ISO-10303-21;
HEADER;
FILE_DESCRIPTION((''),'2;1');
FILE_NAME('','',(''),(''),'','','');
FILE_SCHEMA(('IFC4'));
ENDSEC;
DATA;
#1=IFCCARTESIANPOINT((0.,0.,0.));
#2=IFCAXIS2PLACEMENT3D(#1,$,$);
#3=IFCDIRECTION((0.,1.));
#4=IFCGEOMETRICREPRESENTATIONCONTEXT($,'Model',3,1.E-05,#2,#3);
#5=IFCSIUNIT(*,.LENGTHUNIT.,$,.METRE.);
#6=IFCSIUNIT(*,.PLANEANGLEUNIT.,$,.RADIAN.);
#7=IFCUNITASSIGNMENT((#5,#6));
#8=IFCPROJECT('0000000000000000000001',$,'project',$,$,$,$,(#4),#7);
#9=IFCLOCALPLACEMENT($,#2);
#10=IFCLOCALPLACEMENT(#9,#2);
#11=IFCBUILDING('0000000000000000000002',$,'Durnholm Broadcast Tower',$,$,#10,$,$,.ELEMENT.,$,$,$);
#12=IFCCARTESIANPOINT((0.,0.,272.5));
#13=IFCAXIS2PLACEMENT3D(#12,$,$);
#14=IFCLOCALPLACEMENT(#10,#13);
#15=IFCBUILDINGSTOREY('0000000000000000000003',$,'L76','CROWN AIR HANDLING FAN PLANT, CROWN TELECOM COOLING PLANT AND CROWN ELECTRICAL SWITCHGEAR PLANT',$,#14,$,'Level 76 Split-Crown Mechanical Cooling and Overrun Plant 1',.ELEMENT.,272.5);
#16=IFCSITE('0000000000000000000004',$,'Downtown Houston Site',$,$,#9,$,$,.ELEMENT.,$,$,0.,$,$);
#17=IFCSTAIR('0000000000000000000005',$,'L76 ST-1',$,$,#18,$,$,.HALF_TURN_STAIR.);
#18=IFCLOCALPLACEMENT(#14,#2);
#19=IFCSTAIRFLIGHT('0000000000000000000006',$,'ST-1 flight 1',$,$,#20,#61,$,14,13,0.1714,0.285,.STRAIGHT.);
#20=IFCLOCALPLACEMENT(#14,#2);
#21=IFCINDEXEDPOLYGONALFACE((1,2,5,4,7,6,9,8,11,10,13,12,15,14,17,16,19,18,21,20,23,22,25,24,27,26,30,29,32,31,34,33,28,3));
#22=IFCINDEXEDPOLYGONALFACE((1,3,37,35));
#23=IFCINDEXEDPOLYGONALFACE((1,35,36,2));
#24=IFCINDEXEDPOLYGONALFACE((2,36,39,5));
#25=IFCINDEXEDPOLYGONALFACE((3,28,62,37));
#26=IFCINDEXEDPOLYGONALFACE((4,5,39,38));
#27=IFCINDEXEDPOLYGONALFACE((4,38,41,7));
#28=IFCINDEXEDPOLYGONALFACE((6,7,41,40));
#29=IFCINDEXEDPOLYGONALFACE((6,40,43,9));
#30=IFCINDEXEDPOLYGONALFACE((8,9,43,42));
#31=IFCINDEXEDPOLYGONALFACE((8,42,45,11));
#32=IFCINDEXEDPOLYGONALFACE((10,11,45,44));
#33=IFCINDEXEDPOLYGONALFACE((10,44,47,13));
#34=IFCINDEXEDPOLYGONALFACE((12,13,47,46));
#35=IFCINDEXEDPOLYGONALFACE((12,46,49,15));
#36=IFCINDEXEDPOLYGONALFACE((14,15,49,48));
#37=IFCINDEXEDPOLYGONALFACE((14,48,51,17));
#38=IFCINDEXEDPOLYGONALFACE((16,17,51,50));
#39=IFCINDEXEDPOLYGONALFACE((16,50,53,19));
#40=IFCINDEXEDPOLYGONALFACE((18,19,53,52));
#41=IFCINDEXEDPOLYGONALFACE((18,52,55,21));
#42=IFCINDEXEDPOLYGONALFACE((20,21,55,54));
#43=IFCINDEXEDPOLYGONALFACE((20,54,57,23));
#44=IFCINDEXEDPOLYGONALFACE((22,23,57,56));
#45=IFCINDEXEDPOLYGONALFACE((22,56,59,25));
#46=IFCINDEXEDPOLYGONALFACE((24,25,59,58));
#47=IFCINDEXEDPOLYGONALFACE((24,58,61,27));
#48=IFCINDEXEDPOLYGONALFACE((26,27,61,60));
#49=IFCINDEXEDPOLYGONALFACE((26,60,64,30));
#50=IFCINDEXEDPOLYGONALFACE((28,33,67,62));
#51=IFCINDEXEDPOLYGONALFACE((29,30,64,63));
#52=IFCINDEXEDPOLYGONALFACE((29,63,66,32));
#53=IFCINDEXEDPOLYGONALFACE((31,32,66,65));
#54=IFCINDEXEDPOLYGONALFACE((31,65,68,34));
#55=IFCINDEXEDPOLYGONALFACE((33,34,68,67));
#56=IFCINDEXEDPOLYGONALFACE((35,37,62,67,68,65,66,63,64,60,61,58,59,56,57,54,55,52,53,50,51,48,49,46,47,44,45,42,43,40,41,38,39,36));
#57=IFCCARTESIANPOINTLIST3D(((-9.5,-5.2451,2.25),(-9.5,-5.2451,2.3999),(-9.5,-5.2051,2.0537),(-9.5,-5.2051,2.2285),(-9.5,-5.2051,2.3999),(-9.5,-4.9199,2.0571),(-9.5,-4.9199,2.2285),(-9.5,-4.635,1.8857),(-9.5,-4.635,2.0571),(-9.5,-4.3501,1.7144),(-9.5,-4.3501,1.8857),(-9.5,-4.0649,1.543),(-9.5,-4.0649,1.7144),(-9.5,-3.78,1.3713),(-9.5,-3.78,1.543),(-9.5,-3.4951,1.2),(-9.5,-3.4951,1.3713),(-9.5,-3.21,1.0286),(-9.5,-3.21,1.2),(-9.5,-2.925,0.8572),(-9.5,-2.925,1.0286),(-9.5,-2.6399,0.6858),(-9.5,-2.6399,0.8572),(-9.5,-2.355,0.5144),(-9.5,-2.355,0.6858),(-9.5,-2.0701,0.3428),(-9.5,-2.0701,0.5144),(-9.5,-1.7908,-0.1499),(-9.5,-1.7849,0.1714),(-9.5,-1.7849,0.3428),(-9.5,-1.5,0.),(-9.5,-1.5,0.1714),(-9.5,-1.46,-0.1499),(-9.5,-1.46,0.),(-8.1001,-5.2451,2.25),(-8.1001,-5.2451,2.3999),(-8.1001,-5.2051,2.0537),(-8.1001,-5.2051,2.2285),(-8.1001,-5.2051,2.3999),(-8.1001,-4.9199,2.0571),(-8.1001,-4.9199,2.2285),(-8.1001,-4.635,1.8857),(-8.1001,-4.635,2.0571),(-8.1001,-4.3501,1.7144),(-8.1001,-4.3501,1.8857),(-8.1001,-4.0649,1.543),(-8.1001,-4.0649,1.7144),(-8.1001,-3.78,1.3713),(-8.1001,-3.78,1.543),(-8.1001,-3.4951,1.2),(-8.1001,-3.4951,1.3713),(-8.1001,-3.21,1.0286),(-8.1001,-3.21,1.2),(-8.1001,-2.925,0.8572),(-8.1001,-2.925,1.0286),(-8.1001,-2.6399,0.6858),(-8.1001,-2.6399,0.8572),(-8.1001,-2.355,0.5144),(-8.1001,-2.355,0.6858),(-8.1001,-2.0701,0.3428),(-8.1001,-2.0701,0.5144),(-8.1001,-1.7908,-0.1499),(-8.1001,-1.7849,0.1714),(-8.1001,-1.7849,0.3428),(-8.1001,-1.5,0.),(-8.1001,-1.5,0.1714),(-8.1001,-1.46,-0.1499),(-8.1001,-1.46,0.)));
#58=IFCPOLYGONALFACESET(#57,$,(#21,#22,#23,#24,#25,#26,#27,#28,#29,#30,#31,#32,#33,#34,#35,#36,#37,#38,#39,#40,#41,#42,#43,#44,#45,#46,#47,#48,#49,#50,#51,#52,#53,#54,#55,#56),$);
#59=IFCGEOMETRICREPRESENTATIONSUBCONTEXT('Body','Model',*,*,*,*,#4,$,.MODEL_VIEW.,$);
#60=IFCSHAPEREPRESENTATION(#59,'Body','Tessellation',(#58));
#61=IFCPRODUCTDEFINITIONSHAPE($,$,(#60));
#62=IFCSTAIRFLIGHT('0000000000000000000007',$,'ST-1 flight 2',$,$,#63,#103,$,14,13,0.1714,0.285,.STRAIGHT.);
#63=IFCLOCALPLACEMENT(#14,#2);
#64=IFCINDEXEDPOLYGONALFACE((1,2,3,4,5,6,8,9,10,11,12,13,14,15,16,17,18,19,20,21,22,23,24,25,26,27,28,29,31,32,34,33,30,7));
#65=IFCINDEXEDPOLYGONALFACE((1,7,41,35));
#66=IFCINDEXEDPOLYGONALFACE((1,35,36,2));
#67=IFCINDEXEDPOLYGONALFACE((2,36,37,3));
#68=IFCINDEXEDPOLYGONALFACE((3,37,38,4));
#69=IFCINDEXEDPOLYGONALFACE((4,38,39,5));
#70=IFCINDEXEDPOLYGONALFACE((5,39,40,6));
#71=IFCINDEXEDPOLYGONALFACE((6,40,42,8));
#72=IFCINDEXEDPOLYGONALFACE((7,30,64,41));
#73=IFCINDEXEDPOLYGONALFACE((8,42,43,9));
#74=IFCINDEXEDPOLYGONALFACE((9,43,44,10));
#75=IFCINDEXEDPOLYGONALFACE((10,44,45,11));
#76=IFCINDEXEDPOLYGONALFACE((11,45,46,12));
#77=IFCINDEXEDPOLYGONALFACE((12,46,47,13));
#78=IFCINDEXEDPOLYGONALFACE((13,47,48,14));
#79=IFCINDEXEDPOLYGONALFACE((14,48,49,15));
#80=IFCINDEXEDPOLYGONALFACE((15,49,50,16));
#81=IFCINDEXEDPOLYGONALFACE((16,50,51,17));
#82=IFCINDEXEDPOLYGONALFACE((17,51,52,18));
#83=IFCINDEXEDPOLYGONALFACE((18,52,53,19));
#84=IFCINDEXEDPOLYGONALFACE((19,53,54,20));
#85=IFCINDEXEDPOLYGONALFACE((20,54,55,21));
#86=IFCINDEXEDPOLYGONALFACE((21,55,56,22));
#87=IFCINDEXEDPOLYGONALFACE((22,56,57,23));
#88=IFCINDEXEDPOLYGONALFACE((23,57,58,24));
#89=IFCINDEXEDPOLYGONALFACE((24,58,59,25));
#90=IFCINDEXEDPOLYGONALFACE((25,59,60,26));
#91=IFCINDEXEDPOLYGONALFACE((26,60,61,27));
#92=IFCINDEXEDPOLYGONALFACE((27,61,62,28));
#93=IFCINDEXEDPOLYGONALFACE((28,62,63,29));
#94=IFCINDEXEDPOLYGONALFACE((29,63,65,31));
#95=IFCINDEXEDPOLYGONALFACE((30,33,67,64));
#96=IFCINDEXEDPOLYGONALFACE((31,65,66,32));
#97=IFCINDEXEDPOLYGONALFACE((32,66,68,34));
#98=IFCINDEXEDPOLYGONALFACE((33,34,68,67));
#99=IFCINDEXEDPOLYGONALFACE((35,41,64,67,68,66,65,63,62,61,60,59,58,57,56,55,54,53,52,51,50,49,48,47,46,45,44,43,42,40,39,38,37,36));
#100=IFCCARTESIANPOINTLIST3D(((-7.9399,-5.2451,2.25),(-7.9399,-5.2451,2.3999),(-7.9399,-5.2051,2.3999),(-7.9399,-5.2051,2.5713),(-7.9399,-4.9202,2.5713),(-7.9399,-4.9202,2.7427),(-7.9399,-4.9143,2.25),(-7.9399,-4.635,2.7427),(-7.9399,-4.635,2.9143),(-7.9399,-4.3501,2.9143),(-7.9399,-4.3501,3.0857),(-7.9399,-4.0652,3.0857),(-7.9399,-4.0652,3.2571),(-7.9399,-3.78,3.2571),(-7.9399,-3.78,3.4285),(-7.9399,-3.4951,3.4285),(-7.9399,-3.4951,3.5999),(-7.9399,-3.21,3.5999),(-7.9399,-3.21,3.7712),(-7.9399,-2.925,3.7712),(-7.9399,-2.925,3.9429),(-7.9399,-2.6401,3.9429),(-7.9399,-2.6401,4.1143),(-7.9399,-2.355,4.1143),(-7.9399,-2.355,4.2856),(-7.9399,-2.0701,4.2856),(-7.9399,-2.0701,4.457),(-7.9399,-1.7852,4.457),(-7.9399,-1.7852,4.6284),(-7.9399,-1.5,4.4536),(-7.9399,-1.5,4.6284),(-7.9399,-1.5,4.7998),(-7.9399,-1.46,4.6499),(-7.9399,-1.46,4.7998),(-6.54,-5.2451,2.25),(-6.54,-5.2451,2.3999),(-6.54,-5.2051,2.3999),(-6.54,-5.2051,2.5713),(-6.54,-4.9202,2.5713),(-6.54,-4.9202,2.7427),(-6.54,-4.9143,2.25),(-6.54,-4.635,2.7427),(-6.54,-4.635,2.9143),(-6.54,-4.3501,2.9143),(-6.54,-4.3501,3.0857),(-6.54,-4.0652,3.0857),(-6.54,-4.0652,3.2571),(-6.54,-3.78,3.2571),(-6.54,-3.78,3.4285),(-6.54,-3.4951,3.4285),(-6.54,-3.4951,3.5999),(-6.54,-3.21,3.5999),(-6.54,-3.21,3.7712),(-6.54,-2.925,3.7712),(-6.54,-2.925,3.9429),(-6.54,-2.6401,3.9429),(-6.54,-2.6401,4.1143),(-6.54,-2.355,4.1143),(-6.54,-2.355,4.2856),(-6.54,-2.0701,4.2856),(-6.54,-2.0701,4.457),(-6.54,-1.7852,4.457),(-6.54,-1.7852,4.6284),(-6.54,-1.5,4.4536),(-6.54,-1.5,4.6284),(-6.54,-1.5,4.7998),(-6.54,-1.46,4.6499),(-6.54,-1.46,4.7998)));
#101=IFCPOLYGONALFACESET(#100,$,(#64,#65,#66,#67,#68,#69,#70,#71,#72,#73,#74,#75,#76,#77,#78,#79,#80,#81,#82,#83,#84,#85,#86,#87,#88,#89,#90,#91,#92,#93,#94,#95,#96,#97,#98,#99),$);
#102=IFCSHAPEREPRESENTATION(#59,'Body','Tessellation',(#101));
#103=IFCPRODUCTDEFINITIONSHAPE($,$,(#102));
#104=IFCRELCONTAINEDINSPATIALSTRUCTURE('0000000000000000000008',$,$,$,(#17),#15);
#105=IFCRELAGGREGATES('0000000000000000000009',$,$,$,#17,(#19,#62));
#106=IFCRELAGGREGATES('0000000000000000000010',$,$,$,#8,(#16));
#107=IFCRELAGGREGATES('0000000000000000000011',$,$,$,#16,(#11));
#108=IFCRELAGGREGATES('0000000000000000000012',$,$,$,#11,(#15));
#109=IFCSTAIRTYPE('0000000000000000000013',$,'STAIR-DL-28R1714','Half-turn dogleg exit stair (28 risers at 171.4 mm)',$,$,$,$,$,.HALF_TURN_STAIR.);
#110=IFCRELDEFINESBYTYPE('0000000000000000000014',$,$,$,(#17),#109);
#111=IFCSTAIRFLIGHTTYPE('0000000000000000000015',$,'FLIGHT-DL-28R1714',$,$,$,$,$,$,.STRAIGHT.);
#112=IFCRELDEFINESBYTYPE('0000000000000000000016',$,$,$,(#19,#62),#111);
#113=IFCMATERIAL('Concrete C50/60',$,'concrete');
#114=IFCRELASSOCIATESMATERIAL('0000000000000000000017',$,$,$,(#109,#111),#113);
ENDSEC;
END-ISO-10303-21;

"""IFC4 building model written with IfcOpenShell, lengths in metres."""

from ifc_helpers import new_model, si_unit, direction, frame, origin, place, context, subcontext, project, spatial, polyline, outline, extrude, material, type_object, element, aggregate, save


model = new_model("IFC4")

# Units and contexts
model_context = context("Model", 3, precision=1e-05, world=origin(), true_north=direction((0.0, 1.0)))
body_context = subcontext(model_context, "Body", "Model", "MODEL_VIEW")
ifc_project = project(units=[si_unit("LENGTHUNIT", "METRE"), si_unit("PLANEANGLEUNIT", "RADIAN")], contexts=[model_context])

# Site, building, storey
site_placement = place(None, origin())
site = spatial("IfcSite", under=ifc_project, at=site_placement, Name="Downtown Houston Site", CompositionType="ELEMENT", RefElevation=0.0)
building_placement = place(site_placement, origin())
building = spatial("IfcBuilding", under=site, at=building_placement, Name="Durnholm Broadcast Tower", CompositionType="ELEMENT")
storey_placement = place(building_placement, frame((0.0, 0.0, 272.5)))
storey = spatial("IfcBuildingStorey", under=building, at=storey_placement, Name="L76", Description="CROWN AIR HANDLING FAN PLANT, CROWN TELECOM COOLING PLANT AND CROWN ELECTRICAL SWITCHGEAR PLANT", LongName="Level 76 Split-Crown Mechanical Cooling and Overrun Plant 1", CompositionType="ELEMENT", Elevation=272.5)

# Shared definitions
ifc_material_1 = material(Name="Concrete C50/60", Category="concrete")

# Stair, stair flights
stair_type = type_object("IfcStairType", Name="STAIR-DL-28R1714", Description="Half-turn dogleg exit stair (28 risers at 171.4 mm)", PredefinedType="HALF_TURN_STAIR", material=ifc_material_1)
stair_placement = place(storey_placement, origin())
stair = element("IfcStair", 1, at=stair_placement, inside=storey, type_object=stair_type, Name="L76 ST-1", PredefinedType="HALF_TURN_STAIR")
stair_flight_type = type_object("IfcStairFlightType", Name="FLIGHT-DL-28R1714", PredefinedType="STRAIGHT", material=ifc_material_1)
stair_flight_1_placement = place(storey_placement, frame((-8.8, -1.5, 0.0), z_axis=(0.0, 0.0, 1.0), x_axis=(0.0, -1.0, 0.0)))
stair_flight_1 = element("IfcStairFlight", 2, at=stair_flight_1_placement, type_object=stair_flight_type, Name="ST-1 flight 1", NumberOfRisers=14, NumberOfTreads=13, PredefinedType="STRAIGHT", RiserHeight=0.1714, TreadLength=0.285, context=body_context, shape_type="SweptSolid", body=[
    extrude(outline(polyline([(-0.04, -0.1499), (-0.04, 0.0), (0.0, 0.0), (0.0, 0.1714), (0.2849, 0.1714), (0.2849, 0.3428), (0.5701, 0.3428), (0.5701, 0.5144), (0.855, 0.5144), (0.855, 0.6858), (1.1399, 0.6858), (1.1399, 0.8572), (1.425, 0.8572), (1.425, 1.0286), (1.71, 1.0286), (1.71, 1.2), (1.9951, 1.2), (1.9951, 1.3713), (2.28, 1.3713), (2.28, 1.543), (2.5649, 1.543), (2.5649, 1.7144), (2.8501, 1.7144), (2.8501, 1.8857), (3.135, 1.8857), (3.135, 2.0571), (3.4199, 2.0571), (3.4199, 2.2285), (3.7051, 2.2285), (3.7051, 2.3999), (3.7451, 2.3999), (3.7451, 2.25), (3.7051, 2.0537), (0.2908, -0.1499), (-0.04, -0.1499)])), frame((0.0, 0.7, 0.0), z_axis=(0.0, -1.0, 0.0), x_axis=(1.0, 0.0, 0.0)), (0.0, 0.0, 1.0), 1.3999),
])
stair_flight_2_placement = place(storey_placement, frame((-7.24, -5.2051, 2.3999), z_axis=(0.0, 0.0, 1.0), x_axis=(0.0, 1.0, 0.0)))
stair_flight_2 = element("IfcStairFlight", 3, at=stair_flight_2_placement, type_object=stair_flight_type, Name="ST-1 flight 2", NumberOfRisers=14, NumberOfTreads=13, PredefinedType="STRAIGHT", RiserHeight=0.1714, TreadLength=0.285, context=body_context, shape_type="SweptSolid", body=[
    extrude(outline(polyline([(-0.04, -0.1499), (-0.04, 0.0), (0.0, 0.0), (0.0, 0.1714), (0.2849, 0.1714), (0.2849, 0.3428), (0.5701, 0.3428), (0.5701, 0.5144), (0.855, 0.5144), (0.855, 0.6858), (1.1399, 0.6858), (1.1399, 0.8572), (1.425, 0.8572), (1.425, 1.0286), (1.71, 1.0286), (1.71, 1.2), (1.9951, 1.2), (1.9951, 1.3713), (2.28, 1.3713), (2.28, 1.543), (2.5649, 1.543), (2.5649, 1.7144), (2.8501, 1.7144), (2.8501, 1.8857), (3.135, 1.8857), (3.135, 2.0571), (3.4199, 2.0571), (3.4199, 2.2285), (3.7051, 2.2285), (3.7051, 2.3999), (3.7451, 2.3999), (3.7451, 2.25), (3.7051, 2.0537), (0.2908, -0.1499), (-0.04, -0.1499)])), frame((0.0, 0.7, 0.0), z_axis=(0.0, -1.0, 0.0), x_axis=(1.0, 0.0, 0.0)), (0.0, 0.0, 1.0), 1.3999),
])
aggregate(stair, [stair_flight_1, stair_flight_2])

save(model, "model.ifc")
